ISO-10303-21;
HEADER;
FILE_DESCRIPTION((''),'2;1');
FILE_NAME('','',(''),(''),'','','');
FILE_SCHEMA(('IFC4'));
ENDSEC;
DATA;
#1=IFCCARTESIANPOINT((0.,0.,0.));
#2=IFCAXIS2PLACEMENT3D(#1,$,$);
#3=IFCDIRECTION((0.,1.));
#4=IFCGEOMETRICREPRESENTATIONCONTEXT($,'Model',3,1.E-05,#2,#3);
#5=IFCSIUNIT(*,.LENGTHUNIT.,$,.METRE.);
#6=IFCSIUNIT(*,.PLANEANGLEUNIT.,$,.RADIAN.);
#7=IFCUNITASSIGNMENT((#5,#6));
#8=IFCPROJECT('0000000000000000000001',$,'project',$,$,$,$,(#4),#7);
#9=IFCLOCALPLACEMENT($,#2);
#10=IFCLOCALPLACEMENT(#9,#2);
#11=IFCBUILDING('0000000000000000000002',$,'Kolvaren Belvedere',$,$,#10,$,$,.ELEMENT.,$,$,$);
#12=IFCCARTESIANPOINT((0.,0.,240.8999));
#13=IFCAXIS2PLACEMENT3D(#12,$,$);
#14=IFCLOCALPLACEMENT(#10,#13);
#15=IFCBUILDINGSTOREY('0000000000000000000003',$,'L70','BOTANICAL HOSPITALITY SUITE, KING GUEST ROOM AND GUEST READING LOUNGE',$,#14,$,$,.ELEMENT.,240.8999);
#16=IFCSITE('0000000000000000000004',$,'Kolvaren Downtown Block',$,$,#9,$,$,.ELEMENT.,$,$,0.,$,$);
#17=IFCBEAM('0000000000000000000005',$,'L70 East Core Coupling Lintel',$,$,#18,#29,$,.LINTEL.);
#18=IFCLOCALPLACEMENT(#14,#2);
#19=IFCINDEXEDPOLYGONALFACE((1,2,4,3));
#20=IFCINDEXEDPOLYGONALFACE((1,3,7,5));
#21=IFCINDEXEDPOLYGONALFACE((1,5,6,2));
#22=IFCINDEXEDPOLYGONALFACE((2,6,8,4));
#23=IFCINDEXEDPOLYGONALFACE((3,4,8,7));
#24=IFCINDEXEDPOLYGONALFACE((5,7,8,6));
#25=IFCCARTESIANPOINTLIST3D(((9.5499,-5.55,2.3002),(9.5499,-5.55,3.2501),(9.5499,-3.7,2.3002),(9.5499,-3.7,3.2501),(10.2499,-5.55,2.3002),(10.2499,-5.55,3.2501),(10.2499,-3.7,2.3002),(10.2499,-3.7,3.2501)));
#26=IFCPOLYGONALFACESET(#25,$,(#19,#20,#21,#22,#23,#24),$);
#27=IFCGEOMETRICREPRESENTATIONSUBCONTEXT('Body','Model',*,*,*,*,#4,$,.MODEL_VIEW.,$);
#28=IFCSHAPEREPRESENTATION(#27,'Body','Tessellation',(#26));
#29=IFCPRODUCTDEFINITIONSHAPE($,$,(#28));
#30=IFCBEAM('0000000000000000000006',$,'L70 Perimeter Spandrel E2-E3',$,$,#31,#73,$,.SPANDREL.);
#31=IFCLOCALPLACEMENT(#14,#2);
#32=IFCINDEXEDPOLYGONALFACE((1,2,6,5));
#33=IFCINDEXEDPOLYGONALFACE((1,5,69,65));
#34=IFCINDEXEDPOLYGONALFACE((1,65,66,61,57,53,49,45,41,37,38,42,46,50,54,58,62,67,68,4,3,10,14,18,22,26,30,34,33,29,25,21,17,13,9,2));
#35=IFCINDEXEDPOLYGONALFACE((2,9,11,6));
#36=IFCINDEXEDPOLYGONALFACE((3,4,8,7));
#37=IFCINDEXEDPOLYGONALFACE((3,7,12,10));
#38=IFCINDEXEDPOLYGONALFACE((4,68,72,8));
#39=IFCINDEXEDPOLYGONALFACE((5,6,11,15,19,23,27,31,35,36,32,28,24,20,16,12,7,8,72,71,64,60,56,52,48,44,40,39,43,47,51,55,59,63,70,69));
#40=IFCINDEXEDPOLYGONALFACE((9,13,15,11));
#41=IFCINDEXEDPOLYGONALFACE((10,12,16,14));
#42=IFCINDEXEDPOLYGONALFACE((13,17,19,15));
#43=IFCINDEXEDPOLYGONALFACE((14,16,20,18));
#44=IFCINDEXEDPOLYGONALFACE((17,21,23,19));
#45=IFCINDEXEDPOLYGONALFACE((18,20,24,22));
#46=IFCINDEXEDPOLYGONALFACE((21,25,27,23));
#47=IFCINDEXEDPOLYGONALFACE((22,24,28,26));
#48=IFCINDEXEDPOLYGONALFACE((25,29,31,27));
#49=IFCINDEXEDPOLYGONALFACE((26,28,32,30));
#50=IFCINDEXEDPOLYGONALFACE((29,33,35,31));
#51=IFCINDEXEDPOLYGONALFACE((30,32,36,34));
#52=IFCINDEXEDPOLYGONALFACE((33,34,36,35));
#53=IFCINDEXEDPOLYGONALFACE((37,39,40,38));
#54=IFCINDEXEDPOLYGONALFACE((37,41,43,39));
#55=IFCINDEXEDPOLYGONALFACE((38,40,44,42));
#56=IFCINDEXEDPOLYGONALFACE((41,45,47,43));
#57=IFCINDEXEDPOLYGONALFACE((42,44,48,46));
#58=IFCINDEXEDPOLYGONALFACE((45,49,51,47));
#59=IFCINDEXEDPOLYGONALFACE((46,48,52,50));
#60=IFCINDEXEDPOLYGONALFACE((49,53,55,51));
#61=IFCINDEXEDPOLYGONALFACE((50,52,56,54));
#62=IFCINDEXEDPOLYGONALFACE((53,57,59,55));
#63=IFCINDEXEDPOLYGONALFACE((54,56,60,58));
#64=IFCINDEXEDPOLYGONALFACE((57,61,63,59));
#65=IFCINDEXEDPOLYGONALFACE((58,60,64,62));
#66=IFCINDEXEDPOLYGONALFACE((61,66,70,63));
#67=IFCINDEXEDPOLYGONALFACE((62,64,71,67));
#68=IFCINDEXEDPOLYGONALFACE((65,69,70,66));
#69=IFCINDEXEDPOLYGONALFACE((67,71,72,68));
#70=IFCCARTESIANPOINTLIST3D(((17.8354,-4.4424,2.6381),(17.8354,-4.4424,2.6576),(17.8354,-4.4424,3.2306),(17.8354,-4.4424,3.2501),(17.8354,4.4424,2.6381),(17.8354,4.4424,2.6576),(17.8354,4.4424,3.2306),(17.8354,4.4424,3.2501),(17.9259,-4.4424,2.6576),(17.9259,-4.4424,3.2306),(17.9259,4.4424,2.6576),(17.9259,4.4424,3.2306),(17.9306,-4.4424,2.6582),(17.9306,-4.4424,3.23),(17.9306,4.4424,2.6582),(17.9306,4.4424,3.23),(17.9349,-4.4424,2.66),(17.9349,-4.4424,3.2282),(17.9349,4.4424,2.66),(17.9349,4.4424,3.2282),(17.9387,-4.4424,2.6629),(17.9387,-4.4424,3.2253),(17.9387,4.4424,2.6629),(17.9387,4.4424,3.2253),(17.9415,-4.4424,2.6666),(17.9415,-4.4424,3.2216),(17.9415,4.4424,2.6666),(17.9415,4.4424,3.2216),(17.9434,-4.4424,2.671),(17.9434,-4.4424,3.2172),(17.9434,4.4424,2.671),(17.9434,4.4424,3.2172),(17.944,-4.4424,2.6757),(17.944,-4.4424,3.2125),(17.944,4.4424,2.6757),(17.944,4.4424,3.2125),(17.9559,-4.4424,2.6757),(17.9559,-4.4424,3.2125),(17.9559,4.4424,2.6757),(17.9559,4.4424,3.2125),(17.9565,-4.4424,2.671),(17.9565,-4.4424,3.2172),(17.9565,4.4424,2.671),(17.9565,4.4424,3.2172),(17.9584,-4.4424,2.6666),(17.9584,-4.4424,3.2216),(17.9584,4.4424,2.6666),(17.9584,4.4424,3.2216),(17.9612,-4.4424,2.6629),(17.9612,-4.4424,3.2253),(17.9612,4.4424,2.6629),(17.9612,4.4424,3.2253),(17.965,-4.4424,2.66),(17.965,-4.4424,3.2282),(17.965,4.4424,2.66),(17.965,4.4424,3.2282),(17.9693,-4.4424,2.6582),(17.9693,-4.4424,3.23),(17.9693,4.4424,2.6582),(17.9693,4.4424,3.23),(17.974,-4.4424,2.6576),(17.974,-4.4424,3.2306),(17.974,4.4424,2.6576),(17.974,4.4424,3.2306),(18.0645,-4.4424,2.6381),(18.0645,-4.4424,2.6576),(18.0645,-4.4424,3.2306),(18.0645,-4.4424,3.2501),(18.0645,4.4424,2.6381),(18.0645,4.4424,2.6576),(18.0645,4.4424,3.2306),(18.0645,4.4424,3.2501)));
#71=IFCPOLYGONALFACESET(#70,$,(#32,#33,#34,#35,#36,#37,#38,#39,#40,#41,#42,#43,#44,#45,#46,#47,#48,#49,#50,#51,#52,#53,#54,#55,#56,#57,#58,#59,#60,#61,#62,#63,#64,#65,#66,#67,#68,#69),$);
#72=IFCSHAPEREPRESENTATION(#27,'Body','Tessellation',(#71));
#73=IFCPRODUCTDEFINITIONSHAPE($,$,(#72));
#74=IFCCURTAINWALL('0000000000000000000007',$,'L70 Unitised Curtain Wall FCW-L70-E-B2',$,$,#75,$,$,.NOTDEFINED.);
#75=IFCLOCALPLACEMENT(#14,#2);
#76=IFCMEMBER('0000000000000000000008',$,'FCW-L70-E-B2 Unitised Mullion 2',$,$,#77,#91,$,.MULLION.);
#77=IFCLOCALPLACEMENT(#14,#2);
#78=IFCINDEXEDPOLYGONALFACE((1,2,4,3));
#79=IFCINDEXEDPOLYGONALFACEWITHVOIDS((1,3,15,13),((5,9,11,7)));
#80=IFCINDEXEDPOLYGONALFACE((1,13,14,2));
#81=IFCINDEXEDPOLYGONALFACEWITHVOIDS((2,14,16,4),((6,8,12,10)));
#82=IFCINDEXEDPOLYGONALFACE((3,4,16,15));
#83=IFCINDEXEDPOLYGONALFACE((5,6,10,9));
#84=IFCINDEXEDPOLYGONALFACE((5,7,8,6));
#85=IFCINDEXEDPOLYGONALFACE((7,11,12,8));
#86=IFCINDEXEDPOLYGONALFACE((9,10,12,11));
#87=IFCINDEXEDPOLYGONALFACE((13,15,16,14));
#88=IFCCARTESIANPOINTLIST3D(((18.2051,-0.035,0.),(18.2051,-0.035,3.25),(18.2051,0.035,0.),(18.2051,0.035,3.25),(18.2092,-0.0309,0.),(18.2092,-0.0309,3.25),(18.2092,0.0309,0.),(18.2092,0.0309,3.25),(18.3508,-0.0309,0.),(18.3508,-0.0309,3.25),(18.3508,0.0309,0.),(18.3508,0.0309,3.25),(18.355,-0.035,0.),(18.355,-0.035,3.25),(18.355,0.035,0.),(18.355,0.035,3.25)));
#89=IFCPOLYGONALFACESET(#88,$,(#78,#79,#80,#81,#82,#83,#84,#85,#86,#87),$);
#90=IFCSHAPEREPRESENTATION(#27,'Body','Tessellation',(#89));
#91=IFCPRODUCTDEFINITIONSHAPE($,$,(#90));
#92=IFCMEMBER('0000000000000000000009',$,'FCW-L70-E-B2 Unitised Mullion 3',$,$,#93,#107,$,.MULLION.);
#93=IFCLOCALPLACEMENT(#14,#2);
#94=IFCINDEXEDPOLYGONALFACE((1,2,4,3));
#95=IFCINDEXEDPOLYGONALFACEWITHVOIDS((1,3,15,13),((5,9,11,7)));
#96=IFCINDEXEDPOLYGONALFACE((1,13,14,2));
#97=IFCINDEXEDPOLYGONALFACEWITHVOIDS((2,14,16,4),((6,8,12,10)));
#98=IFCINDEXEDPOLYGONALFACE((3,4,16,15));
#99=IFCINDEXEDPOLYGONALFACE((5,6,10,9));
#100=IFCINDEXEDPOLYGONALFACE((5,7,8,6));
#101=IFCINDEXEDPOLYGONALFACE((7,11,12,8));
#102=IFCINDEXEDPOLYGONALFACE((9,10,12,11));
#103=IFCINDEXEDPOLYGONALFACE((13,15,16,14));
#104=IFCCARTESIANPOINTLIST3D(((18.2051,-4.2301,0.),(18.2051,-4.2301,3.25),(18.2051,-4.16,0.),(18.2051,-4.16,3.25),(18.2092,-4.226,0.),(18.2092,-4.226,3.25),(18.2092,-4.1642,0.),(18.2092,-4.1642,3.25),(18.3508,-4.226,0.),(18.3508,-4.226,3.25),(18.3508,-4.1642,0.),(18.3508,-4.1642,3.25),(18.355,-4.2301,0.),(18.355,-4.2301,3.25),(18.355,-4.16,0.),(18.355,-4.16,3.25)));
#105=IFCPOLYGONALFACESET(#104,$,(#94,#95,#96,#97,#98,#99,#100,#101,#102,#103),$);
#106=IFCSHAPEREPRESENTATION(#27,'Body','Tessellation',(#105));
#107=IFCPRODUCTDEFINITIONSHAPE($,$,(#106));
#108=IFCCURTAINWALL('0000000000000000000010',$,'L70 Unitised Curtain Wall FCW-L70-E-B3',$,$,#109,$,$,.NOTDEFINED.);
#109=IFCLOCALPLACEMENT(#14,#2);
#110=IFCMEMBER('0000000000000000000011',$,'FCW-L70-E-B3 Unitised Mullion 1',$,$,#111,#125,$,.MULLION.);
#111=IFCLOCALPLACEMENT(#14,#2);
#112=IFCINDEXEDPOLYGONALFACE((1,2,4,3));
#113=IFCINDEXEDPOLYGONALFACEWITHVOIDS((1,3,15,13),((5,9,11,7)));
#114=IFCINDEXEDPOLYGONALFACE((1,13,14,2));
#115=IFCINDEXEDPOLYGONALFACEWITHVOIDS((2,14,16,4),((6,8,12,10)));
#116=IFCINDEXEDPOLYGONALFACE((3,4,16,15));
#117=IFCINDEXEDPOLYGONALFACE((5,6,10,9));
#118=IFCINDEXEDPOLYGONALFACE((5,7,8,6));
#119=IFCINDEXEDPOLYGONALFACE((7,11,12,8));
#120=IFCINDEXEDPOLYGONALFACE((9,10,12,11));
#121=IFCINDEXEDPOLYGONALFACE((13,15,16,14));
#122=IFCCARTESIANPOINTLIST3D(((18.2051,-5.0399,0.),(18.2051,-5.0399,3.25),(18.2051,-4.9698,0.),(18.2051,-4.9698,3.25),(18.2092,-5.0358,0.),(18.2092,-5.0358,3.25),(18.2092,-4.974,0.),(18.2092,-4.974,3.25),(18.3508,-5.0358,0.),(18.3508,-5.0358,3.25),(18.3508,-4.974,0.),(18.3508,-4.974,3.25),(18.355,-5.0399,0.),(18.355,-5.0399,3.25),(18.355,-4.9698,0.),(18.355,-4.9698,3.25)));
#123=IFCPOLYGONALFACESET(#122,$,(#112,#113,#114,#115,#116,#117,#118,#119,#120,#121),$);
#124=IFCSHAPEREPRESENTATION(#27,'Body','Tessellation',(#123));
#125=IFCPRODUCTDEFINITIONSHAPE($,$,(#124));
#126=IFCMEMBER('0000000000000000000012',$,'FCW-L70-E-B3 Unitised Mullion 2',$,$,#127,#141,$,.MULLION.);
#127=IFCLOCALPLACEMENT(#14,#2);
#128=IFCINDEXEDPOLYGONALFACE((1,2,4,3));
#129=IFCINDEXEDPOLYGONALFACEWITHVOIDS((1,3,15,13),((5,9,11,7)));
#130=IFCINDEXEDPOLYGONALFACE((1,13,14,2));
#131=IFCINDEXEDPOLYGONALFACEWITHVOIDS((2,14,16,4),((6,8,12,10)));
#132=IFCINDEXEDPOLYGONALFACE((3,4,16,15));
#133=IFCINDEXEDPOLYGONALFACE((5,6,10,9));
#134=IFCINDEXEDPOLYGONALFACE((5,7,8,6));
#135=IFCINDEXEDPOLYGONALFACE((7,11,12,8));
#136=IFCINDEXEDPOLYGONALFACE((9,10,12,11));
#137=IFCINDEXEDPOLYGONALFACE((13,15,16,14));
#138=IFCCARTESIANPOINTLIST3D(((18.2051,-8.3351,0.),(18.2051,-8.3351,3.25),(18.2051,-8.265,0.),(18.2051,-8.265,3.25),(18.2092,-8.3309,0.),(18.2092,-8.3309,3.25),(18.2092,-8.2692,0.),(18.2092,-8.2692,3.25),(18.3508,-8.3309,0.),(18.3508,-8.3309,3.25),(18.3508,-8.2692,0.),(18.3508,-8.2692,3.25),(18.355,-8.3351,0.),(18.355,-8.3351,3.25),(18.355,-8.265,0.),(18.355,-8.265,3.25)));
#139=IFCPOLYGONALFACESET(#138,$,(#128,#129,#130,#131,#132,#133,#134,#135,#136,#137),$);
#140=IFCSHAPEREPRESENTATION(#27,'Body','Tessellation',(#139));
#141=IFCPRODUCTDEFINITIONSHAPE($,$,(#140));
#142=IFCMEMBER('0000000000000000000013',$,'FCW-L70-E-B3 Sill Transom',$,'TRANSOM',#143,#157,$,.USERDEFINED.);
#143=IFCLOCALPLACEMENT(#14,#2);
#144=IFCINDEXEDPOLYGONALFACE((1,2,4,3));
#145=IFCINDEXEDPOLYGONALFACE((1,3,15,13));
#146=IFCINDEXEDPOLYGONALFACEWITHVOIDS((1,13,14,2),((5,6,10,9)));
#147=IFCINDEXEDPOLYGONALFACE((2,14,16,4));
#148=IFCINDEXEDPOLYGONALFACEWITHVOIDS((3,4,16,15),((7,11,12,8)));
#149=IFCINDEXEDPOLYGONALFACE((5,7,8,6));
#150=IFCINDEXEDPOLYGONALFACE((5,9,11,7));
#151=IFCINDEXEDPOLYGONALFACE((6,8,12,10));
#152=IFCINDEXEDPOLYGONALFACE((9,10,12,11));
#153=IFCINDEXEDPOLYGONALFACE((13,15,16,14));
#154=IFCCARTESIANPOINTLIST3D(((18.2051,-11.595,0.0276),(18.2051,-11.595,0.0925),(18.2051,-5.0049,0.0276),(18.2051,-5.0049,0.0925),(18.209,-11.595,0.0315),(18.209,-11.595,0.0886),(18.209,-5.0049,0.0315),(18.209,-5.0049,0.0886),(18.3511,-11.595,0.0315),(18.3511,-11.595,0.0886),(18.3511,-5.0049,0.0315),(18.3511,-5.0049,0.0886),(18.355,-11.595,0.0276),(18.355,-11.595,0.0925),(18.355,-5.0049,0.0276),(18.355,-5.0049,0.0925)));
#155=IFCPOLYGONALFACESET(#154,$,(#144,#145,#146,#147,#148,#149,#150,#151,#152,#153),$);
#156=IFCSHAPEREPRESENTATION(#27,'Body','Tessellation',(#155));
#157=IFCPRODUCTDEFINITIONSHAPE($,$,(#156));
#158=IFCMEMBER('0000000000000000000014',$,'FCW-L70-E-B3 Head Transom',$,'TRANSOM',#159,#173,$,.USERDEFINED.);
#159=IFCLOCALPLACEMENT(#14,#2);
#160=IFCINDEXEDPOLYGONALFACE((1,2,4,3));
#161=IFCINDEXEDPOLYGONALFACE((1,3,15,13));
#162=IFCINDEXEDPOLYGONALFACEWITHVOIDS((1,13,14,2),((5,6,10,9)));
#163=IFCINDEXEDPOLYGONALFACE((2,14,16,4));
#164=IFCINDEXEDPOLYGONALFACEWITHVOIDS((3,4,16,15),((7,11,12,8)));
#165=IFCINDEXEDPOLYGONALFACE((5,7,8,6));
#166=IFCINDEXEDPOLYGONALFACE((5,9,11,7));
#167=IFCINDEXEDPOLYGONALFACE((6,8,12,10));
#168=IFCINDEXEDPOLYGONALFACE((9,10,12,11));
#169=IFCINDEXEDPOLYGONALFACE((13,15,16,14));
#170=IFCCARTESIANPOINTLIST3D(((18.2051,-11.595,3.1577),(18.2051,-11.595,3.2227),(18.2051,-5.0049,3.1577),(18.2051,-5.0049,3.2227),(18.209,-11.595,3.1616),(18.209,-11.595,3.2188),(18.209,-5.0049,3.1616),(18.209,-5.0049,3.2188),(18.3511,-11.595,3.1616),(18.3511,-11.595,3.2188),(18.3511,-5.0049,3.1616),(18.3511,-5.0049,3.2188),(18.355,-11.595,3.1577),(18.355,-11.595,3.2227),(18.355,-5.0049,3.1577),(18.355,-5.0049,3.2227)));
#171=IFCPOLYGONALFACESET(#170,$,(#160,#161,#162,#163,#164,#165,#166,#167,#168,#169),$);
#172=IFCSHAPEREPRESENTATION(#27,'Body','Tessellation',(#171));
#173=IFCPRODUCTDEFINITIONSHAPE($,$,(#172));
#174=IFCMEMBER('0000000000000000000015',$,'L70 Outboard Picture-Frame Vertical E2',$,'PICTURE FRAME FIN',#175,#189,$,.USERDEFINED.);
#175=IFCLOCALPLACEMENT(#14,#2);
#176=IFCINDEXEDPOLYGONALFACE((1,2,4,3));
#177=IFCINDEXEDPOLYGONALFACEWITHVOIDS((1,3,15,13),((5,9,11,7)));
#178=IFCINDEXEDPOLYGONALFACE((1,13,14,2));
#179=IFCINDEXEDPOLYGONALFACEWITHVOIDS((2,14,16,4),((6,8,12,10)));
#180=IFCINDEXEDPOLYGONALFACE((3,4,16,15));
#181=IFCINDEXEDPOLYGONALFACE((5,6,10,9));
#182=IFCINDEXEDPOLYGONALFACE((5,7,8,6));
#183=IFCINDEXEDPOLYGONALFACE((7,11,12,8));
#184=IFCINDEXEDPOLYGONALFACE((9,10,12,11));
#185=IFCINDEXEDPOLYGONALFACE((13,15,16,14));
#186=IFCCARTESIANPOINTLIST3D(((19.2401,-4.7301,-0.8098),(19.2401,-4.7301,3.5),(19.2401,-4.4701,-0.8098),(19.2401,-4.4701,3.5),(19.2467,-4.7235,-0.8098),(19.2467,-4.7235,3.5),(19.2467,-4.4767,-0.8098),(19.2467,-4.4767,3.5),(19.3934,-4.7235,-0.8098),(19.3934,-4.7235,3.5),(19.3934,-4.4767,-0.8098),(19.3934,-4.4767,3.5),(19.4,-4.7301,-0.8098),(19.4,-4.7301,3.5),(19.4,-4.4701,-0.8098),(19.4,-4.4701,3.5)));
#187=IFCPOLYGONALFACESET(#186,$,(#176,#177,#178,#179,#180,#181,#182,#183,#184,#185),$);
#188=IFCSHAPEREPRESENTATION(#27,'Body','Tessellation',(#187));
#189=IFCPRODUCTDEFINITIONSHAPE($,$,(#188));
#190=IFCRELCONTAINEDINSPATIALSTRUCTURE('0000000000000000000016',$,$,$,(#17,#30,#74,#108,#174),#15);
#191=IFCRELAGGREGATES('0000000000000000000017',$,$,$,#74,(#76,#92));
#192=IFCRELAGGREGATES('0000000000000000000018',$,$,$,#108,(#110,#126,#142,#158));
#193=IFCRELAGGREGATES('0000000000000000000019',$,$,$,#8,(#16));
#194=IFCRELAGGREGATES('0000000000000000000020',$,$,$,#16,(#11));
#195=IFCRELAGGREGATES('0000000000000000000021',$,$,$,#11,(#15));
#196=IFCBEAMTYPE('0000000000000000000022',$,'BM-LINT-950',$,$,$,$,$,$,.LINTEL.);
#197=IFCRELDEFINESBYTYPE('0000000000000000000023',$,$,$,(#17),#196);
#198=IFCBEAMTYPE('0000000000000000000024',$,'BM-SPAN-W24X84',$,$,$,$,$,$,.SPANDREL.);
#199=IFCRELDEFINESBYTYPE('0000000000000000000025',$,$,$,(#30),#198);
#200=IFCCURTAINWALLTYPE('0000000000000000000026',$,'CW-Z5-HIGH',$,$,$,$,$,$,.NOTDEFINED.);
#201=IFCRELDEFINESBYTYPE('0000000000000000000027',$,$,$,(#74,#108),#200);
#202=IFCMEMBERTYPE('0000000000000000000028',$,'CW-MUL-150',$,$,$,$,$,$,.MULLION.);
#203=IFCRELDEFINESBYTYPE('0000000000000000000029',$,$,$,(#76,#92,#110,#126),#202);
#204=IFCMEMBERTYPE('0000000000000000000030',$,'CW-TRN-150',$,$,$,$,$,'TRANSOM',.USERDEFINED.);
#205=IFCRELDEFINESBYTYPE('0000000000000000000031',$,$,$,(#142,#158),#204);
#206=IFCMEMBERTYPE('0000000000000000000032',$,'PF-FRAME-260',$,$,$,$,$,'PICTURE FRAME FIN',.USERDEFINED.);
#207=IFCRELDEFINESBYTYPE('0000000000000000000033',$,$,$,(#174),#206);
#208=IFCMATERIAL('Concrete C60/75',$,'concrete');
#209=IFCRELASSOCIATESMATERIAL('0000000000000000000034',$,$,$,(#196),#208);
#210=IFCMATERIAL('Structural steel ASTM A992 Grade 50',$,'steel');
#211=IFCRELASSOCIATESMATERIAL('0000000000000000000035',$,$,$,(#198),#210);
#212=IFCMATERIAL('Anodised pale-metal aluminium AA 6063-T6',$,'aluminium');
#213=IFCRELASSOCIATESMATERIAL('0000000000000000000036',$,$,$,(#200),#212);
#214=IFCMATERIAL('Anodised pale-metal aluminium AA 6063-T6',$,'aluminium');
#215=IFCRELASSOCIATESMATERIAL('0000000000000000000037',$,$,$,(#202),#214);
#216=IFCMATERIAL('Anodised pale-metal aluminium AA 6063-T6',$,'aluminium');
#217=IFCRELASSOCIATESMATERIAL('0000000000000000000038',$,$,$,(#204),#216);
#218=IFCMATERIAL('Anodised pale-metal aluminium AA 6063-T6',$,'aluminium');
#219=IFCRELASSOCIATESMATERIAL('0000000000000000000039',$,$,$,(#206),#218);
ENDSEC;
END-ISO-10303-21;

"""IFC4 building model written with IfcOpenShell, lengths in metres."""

from ifc_helpers import new_model, si_unit, direction, frame, origin, origin_2d, place, context, subcontext, project, spatial, rectangle, hollow_rectangle, i_section, extrude, material, material_profile, profile_set, type_object, element, aggregate, save


model = new_model("IFC4")

# Units and contexts
model_context = context("Model", 3, precision=1e-05, world=origin(), true_north=direction((0.0, 1.0)))
body_context = subcontext(model_context, "Body", "Model", "MODEL_VIEW")
ifc_project = project(units=[si_unit("LENGTHUNIT", "METRE"), si_unit("PLANEANGLEUNIT", "RADIAN")], contexts=[model_context])

# Site, building, storey
site_placement = place(None, origin())
site = spatial("IfcSite", under=ifc_project, at=site_placement, Name="Kolvaren Downtown Block", CompositionType="ELEMENT", RefElevation=0.0)
building_placement = place(site_placement, origin())
building = spatial("IfcBuilding", under=site, at=building_placement, Name="Kolvaren Belvedere", CompositionType="ELEMENT")
storey_placement = place(building_placement, frame((0.0, 0.0, 240.8999)))
storey = spatial("IfcBuildingStorey", under=building, at=storey_placement, Name="L70", Description="BOTANICAL HOSPITALITY SUITE, KING GUEST ROOM AND GUEST READING LOUNGE", CompositionType="ELEMENT", Elevation=240.8999)

# Beams
ifc_material_1 = material(Name="Concrete C60/75", Category="concrete")
ifc_material_profile_1 = material_profile(ifc_material_1, rectangle(XDim=0.7, YDim=0.95, at=origin_2d()), Name="RC 700X950")
ifc_profile_set_1 = profile_set([ifc_material_profile_1], Name="Concrete C60/75")
beam_type_1 = type_object("IfcBeamType", Name="BM-LINT-950", PredefinedType="LINTEL", material=ifc_profile_set_1)
beam_1_placement = place(storey_placement, frame((9.8999, -5.55, 2.7751), z_axis=(0.0, 1.0, 0.0), x_axis=(-1.0, 0.0, 0.0)))
element("IfcBeam", 1, at=beam_1_placement, inside=storey, type_object=beam_type_1, Name="L70 East Core Coupling Lintel", PredefinedType="LINTEL", context=body_context, shape_type="SweptSolid", body=[
    extrude(rectangle(XDim=0.7, YDim=0.95, at=origin_2d()), origin(), (0.0, 0.0, 1.0), 1.8501),
])
ifc_material_2 = material(Name="Structural steel ASTM A992 Grade 50", Category="steel")
ifc_material_profile_2 = material_profile(ifc_material_2, i_section(OverallWidth=0.229, OverallDepth=0.6121, WebThickness=0.012, FlangeThickness=0.0195, FilletRadius=0.0181, at=origin_2d()), Name="W24X84")
ifc_profile_set_2 = profile_set([ifc_material_profile_2], Name="Structural steel ASTM A992 Grade 50")
beam_type_2 = type_object("IfcBeamType", Name="BM-SPAN-W24X84", PredefinedType="SPANDREL", material=ifc_profile_set_2)
beam_2_placement = place(storey_placement, frame((17.95, -4.4424, 2.9441), z_axis=(0.0, 1.0, 0.0), x_axis=(-1.0, 0.0, 0.0)))
element("IfcBeam", 2, at=beam_2_placement, inside=storey, type_object=beam_type_2, Name="L70 Perimeter Spandrel E2-E3", PredefinedType="SPANDREL", context=body_context, shape_type="SweptSolid", body=[
    extrude(i_section(OverallWidth=0.229, OverallDepth=0.6121, WebThickness=0.012, FlangeThickness=0.0195, FilletRadius=0.0181, at=origin_2d()), origin(), (0.0, 0.0, 1.0), 8.8848),
])

# Curtain walls, members
ifc_material_3 = material(Name="Anodised pale-metal aluminium AA 6063-T6", Category="aluminium")
curtain_wall_type = type_object("IfcCurtainWallType", Name="CW-Z5-HIGH", PredefinedType="NOTDEFINED", material=ifc_material_3)
curtain_wall_1_placement = place(storey_placement, origin())
curtain_wall_1 = element("IfcCurtainWall", 3, at=curtain_wall_1_placement, inside=storey, type_object=curtain_wall_type, Name="L70 Unitised Curtain Wall FCW-L70-E-B2", PredefinedType="NOTDEFINED")
ifc_material_4 = material(Name="Anodised pale-metal aluminium AA 6063-T6", Category="aluminium")
ifc_material_profile_3 = material_profile(ifc_material_4, hollow_rectangle(XDim=0.0701, YDim=0.1499, WallThickness=0.0042, at=origin_2d()), Name="ALU-MUL-150X70")
ifc_profile_set_3 = profile_set([ifc_material_profile_3], Name="Anodised pale-metal aluminium AA 6063-T6")
member_type_1 = type_object("IfcMemberType", Name="CW-MUL-150", PredefinedType="MULLION", material=ifc_profile_set_3)
member_1_placement = place(storey_placement, frame((18.28, 0.0, 0.0), z_axis=(0.0, 0.0, 1.0), x_axis=(0.0, 1.0, 0.0)))
member_1 = element("IfcMember", 4, at=member_1_placement, type_object=member_type_1, Name="FCW-L70-E-B2 Unitised Mullion 2", PredefinedType="MULLION", context=body_context, shape_type="SweptSolid", body=[
    extrude(hollow_rectangle(XDim=0.0701, YDim=0.1499, WallThickness=0.0042, at=origin_2d()), origin(), (0.0, 0.0, 1.0), 3.25),
])
member_2_placement = place(storey_placement, frame((18.28, -4.1951, 0.0), z_axis=(0.0, 0.0, 1.0), x_axis=(0.0, 1.0, 0.0)))
member_2 = element("IfcMember", 5, at=member_2_placement, type_object=member_type_1, Name="FCW-L70-E-B2 Unitised Mullion 3", PredefinedType="MULLION", context=body_context, shape_type="SweptSolid", body=[
    extrude(hollow_rectangle(XDim=0.0701, YDim=0.1499, WallThickness=0.0042, at=origin_2d()), origin(), (0.0, 0.0, 1.0), 3.25),
])
curtain_wall_2_placement = place(storey_placement, origin())
curtain_wall_2 = element("IfcCurtainWall", 6, at=curtain_wall_2_placement, inside=storey, type_object=curtain_wall_type, Name="L70 Unitised Curtain Wall FCW-L70-E-B3", PredefinedType="NOTDEFINED")
member_3_placement = place(storey_placement, frame((18.28, -5.0049, 0.0), z_axis=(0.0, 0.0, 1.0), x_axis=(0.0, 1.0, 0.0)))
member_3 = element("IfcMember", 7, at=member_3_placement, type_object=member_type_1, Name="FCW-L70-E-B3 Unitised Mullion 1", PredefinedType="MULLION", context=body_context, shape_type="SweptSolid", body=[
    extrude(hollow_rectangle(XDim=0.0701, YDim=0.1499, WallThickness=0.0042, at=origin_2d()), origin(), (0.0, 0.0, 1.0), 3.25),
])
member_4_placement = place(storey_placement, frame((18.28, -8.3, 0.0), z_axis=(0.0, 0.0, 1.0), x_axis=(0.0, 1.0, 0.0)))
member_4 = element("IfcMember", 8, at=member_4_placement, type_object=member_type_1, Name="FCW-L70-E-B3 Unitised Mullion 2", PredefinedType="MULLION", context=body_context, shape_type="SweptSolid", body=[
    extrude(hollow_rectangle(XDim=0.0701, YDim=0.1499, WallThickness=0.0042, at=origin_2d()), origin(), (0.0, 0.0, 1.0), 3.25),
])
ifc_material_5 = material(Name="Anodised pale-metal aluminium AA 6063-T6", Category="aluminium")
ifc_material_profile_4 = material_profile(ifc_material_5, hollow_rectangle(XDim=0.0649, YDim=0.1499, WallThickness=0.0039, at=origin_2d()), Name="ALU-TRN-150X65")
ifc_profile_set_4 = profile_set([ifc_material_profile_4], Name="Anodised pale-metal aluminium AA 6063-T6")
member_type_2 = type_object("IfcMemberType", Name="CW-TRN-150", ElementType="TRANSOM", PredefinedType="USERDEFINED", material=ifc_profile_set_4)
member_5_placement = place(storey_placement, frame((18.28, -5.0049, 0.0601), z_axis=(0.0, -1.0, 0.0), x_axis=(0.0, 0.0, 1.0)))
member_5 = element("IfcMember", 9, at=member_5_placement, type_object=member_type_2, Name="FCW-L70-E-B3 Sill Transom", ObjectType="TRANSOM", PredefinedType="USERDEFINED", context=body_context, shape_type="SweptSolid", body=[
    extrude(hollow_rectangle(XDim=0.0649, YDim=0.1499, WallThickness=0.0039, at=origin_2d()), origin(), (0.0, 0.0, 1.0), 6.5901),
])
member_6_placement = place(storey_placement, frame((18.28, -5.0049, 3.1902), z_axis=(0.0, -1.0, 0.0), x_axis=(0.0, 0.0, 1.0)))
member_6 = element("IfcMember", 10, at=member_6_placement, type_object=member_type_2, Name="FCW-L70-E-B3 Head Transom", ObjectType="TRANSOM", PredefinedType="USERDEFINED", context=body_context, shape_type="SweptSolid", body=[
    extrude(hollow_rectangle(XDim=0.0649, YDim=0.1499, WallThickness=0.0039, at=origin_2d()), origin(), (0.0, 0.0, 1.0), 6.5901),
])

# Member
ifc_material_6 = material(Name="Anodised pale-metal aluminium AA 6063-T6", Category="aluminium")
ifc_material_profile_5 = material_profile(ifc_material_6, hollow_rectangle(XDim=0.1599, YDim=0.26, WallThickness=0.0066, at=origin_2d()), Name="ALU-PF-260X160")
ifc_profile_set_5 = profile_set([ifc_material_profile_5], Name="Anodised pale-metal aluminium AA 6063-T6")
member_type_3 = type_object("IfcMemberType", Name="PF-FRAME-260", ElementType="PICTURE FRAME FIN", PredefinedType="USERDEFINED", material=ifc_profile_set_5)
member_7_placement = place(storey_placement, frame((19.3201, -4.6001, -0.8098), z_axis=(0.0, 0.0, 1.0), x_axis=(1.0, 0.0, 0.0)))
element("IfcMember", 11, at=member_7_placement, inside=storey, type_object=member_type_3, Name="L70 Outboard Picture-Frame Vertical E2", ObjectType="PICTURE FRAME FIN", PredefinedType="USERDEFINED", context=body_context, shape_type="SweptSolid", body=[
    extrude(hollow_rectangle(XDim=0.1599, YDim=0.26, WallThickness=0.0066, at=origin_2d()), origin(), (0.0, 0.0, 1.0), 4.3098),
])

aggregate(curtain_wall_1, [member_1, member_2])
aggregate(curtain_wall_2, [member_3, member_4, member_5, member_6])

save(model, "model.ifc")
